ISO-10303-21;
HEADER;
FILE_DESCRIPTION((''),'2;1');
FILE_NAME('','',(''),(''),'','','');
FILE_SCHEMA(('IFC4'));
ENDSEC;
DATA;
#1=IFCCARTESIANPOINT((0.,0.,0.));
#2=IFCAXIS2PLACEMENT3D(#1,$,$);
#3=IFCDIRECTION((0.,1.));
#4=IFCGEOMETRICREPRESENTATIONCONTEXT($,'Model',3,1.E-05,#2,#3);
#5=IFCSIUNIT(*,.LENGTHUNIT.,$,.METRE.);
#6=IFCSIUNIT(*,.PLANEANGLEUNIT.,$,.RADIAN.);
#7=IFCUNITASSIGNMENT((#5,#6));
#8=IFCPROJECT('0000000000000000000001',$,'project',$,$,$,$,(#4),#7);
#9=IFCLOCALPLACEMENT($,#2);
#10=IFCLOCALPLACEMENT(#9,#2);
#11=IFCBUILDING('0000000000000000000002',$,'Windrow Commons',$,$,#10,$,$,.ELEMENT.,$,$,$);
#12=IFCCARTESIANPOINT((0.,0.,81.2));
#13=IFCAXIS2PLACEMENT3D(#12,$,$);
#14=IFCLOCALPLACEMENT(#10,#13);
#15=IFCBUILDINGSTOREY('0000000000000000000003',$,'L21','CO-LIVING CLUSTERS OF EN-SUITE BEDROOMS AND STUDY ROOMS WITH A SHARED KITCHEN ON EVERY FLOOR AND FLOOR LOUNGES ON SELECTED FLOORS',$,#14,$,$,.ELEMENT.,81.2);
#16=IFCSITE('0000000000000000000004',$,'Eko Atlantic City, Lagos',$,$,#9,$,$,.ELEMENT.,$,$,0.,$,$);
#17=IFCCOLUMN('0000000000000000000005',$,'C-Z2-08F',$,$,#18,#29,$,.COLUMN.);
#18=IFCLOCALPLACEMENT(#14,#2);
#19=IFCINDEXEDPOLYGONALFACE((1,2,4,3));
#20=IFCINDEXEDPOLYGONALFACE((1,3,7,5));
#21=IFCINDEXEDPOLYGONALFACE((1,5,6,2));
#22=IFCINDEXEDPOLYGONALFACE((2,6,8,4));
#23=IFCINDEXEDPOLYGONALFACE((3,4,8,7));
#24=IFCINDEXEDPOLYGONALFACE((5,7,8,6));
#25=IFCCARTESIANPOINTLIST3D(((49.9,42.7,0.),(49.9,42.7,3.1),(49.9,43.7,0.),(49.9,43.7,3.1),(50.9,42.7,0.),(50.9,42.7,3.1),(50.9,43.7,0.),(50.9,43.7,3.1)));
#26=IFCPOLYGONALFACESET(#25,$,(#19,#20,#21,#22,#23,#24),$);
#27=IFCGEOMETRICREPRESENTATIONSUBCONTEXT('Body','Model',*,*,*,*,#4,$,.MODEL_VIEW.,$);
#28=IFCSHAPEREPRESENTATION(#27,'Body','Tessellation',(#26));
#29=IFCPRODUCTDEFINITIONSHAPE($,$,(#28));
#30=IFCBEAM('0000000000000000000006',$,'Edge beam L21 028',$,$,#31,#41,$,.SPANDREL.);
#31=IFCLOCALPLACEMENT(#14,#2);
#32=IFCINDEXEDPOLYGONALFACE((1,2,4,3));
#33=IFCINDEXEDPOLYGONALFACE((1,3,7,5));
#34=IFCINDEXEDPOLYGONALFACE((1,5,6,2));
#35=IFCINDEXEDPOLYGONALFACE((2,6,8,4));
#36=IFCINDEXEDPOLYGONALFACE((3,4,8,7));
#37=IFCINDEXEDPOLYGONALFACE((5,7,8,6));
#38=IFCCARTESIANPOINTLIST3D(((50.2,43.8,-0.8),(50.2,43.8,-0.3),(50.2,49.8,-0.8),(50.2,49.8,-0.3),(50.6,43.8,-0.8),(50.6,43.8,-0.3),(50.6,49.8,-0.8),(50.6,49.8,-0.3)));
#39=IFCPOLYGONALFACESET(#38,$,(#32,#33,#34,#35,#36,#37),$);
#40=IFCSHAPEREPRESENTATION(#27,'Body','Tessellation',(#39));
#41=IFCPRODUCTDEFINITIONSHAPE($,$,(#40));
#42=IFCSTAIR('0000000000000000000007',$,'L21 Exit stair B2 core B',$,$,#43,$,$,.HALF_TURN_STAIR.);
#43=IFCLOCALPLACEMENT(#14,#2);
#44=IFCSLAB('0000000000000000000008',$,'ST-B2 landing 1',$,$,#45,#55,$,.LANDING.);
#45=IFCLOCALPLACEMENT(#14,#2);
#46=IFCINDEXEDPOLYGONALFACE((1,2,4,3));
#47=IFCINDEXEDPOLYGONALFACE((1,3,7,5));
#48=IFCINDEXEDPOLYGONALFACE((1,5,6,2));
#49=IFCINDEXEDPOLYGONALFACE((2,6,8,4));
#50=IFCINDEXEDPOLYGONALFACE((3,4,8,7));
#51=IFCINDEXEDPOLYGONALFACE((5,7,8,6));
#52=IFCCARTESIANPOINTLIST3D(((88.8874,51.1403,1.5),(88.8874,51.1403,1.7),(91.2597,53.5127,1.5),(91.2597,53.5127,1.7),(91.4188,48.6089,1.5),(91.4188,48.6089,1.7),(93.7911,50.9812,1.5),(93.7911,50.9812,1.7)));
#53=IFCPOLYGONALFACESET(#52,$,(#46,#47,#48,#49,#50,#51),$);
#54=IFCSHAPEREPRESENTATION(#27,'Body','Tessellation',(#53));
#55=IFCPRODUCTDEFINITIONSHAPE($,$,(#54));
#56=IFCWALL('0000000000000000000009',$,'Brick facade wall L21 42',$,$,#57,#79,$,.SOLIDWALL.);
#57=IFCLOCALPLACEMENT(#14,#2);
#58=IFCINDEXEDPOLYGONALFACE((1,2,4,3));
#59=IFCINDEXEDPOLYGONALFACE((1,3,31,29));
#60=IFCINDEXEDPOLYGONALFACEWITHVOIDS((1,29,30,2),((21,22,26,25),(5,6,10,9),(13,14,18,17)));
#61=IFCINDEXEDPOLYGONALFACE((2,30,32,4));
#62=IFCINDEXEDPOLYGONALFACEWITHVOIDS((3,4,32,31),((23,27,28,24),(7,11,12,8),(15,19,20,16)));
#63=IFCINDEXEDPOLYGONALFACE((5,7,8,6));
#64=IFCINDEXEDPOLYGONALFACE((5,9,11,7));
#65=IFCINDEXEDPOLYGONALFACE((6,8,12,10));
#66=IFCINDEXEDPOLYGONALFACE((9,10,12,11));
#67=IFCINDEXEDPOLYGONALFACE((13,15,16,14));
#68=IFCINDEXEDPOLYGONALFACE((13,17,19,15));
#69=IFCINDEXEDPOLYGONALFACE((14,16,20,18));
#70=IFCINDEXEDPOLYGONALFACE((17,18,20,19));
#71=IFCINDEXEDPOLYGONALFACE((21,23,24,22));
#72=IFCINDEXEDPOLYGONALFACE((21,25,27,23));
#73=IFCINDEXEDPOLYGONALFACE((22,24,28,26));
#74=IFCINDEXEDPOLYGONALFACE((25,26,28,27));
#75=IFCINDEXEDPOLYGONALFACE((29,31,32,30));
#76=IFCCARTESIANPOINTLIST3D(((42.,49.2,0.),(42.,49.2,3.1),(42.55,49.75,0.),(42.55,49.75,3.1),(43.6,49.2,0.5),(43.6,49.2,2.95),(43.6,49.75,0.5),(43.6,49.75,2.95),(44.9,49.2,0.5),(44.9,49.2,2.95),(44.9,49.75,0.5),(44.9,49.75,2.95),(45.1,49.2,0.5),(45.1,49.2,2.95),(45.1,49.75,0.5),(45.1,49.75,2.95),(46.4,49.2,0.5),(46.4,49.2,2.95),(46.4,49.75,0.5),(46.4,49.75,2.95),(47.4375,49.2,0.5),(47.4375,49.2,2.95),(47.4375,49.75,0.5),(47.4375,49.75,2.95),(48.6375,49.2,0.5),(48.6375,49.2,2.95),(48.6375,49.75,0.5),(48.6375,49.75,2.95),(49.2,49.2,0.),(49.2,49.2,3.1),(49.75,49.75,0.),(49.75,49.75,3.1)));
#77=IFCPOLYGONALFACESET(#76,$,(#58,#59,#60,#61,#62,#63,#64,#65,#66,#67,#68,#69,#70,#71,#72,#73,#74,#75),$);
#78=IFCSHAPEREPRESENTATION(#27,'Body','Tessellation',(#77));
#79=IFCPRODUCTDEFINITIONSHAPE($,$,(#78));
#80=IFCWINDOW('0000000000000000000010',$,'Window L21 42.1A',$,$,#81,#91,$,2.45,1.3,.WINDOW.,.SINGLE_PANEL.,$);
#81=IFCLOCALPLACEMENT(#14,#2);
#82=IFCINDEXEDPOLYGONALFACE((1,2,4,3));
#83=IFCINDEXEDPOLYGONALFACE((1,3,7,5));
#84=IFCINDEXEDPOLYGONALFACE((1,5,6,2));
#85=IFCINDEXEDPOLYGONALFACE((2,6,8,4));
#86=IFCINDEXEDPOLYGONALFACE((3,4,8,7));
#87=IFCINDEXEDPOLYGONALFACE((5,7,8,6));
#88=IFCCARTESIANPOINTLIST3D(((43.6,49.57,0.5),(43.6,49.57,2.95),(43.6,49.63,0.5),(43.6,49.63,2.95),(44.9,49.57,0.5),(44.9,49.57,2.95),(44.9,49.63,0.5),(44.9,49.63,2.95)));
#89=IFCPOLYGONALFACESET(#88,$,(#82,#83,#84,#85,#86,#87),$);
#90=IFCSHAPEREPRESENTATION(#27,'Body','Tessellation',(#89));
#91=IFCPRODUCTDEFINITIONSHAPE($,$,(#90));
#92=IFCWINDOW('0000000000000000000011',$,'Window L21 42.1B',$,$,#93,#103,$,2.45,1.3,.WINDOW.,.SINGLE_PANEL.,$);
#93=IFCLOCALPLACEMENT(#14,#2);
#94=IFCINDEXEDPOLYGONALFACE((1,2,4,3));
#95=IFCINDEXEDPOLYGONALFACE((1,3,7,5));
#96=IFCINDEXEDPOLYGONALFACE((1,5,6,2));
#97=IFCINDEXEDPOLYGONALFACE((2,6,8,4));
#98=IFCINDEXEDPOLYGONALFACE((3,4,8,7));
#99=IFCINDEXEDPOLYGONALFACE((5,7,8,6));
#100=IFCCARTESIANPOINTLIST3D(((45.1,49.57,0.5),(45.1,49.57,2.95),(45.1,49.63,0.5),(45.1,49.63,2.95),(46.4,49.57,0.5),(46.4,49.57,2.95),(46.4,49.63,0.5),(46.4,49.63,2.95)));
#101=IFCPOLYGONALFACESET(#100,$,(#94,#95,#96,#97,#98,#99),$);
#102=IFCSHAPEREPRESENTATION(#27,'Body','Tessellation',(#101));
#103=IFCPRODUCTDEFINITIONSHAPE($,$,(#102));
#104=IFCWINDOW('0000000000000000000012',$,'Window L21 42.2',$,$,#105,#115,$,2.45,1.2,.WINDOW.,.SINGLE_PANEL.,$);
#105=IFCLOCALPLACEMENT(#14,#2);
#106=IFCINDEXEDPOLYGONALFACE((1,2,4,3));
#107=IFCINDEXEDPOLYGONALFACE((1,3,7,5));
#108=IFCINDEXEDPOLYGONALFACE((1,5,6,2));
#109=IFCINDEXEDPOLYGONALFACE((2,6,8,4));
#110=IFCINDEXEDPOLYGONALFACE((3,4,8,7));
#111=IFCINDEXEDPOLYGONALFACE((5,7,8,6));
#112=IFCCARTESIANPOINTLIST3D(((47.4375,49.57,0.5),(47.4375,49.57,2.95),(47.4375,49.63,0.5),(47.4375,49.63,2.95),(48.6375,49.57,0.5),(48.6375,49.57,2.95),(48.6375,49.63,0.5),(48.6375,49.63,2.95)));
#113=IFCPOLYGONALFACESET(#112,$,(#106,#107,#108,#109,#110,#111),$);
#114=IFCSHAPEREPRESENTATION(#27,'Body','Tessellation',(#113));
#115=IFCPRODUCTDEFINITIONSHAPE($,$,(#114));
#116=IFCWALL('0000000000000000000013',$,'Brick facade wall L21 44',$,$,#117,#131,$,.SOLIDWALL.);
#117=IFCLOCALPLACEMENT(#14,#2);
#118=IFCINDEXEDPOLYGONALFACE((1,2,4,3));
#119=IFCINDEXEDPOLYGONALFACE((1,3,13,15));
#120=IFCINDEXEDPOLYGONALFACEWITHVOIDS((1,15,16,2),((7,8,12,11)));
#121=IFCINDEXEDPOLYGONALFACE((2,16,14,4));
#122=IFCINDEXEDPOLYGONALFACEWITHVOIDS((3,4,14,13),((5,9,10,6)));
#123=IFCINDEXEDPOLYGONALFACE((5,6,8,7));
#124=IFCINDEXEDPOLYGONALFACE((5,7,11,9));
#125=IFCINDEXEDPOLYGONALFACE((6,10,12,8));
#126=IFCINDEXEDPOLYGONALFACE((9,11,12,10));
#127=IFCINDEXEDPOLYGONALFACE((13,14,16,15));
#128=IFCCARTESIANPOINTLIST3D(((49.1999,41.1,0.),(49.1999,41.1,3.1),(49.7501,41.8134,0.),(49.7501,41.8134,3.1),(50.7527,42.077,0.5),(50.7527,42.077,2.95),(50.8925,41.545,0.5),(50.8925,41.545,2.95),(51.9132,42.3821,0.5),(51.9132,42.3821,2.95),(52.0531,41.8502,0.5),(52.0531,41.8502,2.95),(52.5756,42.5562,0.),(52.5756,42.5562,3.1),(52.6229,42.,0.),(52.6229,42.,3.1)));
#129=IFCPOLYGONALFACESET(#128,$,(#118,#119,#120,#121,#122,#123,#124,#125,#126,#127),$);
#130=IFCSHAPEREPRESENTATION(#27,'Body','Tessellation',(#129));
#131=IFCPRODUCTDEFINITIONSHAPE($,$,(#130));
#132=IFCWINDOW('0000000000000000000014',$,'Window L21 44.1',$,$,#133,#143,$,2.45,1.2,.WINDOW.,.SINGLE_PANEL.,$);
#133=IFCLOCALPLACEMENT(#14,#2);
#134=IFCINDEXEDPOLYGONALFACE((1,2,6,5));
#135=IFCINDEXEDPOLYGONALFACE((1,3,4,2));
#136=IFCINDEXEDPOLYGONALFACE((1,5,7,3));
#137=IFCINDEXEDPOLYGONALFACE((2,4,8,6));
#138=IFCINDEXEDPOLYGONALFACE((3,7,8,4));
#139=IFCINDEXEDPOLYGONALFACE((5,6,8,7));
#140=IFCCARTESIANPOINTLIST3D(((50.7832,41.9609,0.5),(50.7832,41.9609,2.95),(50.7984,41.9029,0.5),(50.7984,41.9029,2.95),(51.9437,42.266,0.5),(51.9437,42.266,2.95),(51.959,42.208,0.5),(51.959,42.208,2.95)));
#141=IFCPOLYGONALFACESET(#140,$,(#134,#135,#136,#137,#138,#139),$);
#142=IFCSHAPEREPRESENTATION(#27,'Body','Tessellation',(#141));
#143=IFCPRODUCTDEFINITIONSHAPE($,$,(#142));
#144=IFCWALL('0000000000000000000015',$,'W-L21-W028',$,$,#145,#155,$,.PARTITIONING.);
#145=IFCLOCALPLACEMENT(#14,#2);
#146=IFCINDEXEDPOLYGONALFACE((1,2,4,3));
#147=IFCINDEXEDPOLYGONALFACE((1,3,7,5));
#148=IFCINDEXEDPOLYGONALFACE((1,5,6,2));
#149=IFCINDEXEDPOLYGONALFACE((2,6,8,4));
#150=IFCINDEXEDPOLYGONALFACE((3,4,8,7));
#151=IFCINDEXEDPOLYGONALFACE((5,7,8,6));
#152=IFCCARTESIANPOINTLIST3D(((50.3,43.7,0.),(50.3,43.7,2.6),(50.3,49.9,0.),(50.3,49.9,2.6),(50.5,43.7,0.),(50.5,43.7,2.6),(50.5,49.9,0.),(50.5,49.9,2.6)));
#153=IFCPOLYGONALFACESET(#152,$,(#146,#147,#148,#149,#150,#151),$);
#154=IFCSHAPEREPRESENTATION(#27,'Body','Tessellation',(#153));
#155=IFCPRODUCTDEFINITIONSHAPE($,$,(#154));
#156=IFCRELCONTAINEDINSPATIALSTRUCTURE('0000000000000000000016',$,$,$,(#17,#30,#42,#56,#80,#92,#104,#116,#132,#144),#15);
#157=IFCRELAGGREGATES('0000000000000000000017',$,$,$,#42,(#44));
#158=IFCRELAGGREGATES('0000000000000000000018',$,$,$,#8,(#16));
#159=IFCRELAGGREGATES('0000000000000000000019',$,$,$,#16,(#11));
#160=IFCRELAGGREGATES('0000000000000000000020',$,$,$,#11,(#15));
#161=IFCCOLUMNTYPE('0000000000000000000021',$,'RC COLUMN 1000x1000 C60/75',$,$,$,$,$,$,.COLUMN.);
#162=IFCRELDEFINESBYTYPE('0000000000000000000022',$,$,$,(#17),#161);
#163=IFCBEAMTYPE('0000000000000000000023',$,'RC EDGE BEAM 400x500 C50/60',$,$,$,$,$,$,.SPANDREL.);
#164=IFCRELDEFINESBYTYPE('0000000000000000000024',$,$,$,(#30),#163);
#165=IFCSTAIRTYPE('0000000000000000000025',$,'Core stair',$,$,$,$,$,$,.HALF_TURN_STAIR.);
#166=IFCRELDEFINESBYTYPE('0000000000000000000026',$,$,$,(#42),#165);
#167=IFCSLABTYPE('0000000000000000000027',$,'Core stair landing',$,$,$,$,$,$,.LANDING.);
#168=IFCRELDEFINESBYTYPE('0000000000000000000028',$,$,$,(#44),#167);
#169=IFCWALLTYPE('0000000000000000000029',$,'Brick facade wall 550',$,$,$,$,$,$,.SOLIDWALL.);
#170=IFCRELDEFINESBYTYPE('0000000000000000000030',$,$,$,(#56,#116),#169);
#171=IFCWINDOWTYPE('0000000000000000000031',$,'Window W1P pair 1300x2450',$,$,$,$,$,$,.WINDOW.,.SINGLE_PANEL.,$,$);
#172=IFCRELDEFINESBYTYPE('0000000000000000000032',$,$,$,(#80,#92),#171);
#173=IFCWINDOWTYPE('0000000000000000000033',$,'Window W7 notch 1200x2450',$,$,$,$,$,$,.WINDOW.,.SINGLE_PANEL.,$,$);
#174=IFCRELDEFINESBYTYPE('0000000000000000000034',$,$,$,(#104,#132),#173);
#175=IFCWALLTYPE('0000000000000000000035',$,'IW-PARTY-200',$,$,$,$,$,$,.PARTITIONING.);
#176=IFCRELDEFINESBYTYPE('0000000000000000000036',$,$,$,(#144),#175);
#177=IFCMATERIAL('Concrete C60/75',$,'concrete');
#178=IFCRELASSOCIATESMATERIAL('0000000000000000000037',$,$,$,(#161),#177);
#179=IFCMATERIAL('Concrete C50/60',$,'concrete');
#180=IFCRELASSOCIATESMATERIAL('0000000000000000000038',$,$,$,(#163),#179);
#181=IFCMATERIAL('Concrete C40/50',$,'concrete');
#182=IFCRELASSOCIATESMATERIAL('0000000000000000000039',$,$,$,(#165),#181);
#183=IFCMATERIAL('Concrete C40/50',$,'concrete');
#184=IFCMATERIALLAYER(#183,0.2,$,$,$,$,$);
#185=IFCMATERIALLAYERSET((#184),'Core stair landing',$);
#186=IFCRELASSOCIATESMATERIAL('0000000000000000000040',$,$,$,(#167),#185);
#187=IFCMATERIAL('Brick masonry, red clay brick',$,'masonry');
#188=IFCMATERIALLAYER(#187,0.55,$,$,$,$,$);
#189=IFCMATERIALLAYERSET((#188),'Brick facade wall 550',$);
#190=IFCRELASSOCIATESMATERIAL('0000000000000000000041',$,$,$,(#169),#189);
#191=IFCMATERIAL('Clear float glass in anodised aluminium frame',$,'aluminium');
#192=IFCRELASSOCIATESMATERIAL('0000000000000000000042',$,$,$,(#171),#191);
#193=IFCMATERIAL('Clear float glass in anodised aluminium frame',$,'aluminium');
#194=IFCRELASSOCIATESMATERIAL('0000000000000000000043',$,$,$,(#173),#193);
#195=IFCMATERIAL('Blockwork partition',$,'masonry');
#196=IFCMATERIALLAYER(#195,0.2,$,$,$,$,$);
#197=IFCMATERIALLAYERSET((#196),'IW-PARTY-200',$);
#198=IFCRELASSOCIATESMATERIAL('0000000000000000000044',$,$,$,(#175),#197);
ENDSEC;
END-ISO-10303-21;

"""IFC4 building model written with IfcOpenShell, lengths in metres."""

from ifc_helpers import new_model, si_unit, direction, frame, frame_2d, origin, origin_2d, place, context, subcontext, project, spatial, polyline, rectangle, outline, extrude, material, layer, layer_set, material_profile, profile_set, type_object, element, fill, aggregate, save


model = new_model("IFC4")

# Units and contexts
model_context = context("Model", 3, precision=1e-05, world=origin(), true_north=direction((0.0, 1.0)))
body_context = subcontext(model_context, "Body", "Model", "MODEL_VIEW")
ifc_project = project(units=[si_unit("LENGTHUNIT", "METRE"), si_unit("PLANEANGLEUNIT", "RADIAN")], contexts=[model_context])

# Site, building, storey
site_placement = place(None, origin())
site = spatial("IfcSite", under=ifc_project, at=site_placement, Name="Eko Atlantic City, Lagos", CompositionType="ELEMENT", RefElevation=0.0)
building_placement = place(site_placement, origin())
building = spatial("IfcBuilding", under=site, at=building_placement, Name="Windrow Commons", CompositionType="ELEMENT")
storey_placement = place(building_placement, frame((0.0, 0.0, 81.2)))
storey = spatial("IfcBuildingStorey", under=building, at=storey_placement, Name="L21", Description="CO-LIVING CLUSTERS OF EN-SUITE BEDROOMS AND STUDY ROOMS WITH A SHARED KITCHEN ON EVERY FLOOR AND FLOOR LOUNGES ON SELECTED FLOORS", CompositionType="ELEMENT", Elevation=81.2)

# Column
ifc_material_1 = material(Name="Concrete C60/75", Category="concrete")
ifc_material_profile_1 = material_profile(ifc_material_1, rectangle(XDim=1.0, YDim=1.0, at=origin_2d()))
ifc_profile_set_1 = profile_set([ifc_material_profile_1], Name="Concrete C60/75")
column_type = type_object("IfcColumnType", Name="RC COLUMN 1000x1000 C60/75", PredefinedType="COLUMN", material=ifc_profile_set_1)
column_placement = place(storey_placement, frame((50.4, 43.2, 0.0), z_axis=(0.0, 0.0, 1.0), x_axis=(1.0, 0.0, 0.0)))
element("IfcColumn", 1, at=column_placement, inside=storey, type_object=column_type, Name="C-Z2-08F", PredefinedType="COLUMN", context=body_context, shape_type="SweptSolid", body=[
    extrude(rectangle(XDim=1.0, YDim=1.0, at=origin_2d()), origin(), (0.0, 0.0, 1.0), 3.1),
])

# Beam
ifc_material_2 = material(Name="Concrete C50/60", Category="concrete")
ifc_material_profile_2 = material_profile(ifc_material_2, rectangle(XDim=0.4, YDim=0.5, at=origin_2d()))
ifc_profile_set_2 = profile_set([ifc_material_profile_2], Name="Concrete C50/60")
beam_type = type_object("IfcBeamType", Name="RC EDGE BEAM 400x500 C50/60", PredefinedType="SPANDREL", material=ifc_profile_set_2)
beam_placement = place(storey_placement, frame((50.4, 43.8, -0.55), z_axis=(0.0, 1.0, 0.0), x_axis=(-1.0, 0.0, 0.0)))
element("IfcBeam", 2, at=beam_placement, inside=storey, type_object=beam_type, Name="Edge beam L21 028", PredefinedType="SPANDREL", context=body_context, shape_type="SweptSolid", body=[
    extrude(rectangle(XDim=0.4, YDim=0.5, at=origin_2d()), origin(), (0.0, 0.0, 1.0), 6.0),
])

# Stair, slab
ifc_material_3 = material(Name="Concrete C40/50", Category="concrete")
stair_type = type_object("IfcStairType", Name="Core stair", PredefinedType="HALF_TURN_STAIR", material=ifc_material_3)
stair_placement = place(storey_placement, origin())
stair = element("IfcStair", 3, at=stair_placement, inside=storey, type_object=stair_type, Name="L21 Exit stair B2 core B", PredefinedType="HALF_TURN_STAIR")
ifc_material_4 = material(Name="Concrete C40/50", Category="concrete")
ifc_layer_1 = layer(ifc_material_4, 0.2)
ifc_layer_set_1 = layer_set([ifc_layer_1], Name="Core stair landing")
slab_type = type_object("IfcSlabType", Name="Core stair landing", PredefinedType="LANDING", material=ifc_layer_set_1)
slab_placement = place(storey_placement, frame((0.0, 0.0, 1.5)))
slab = element("IfcSlab", 4, at=slab_placement, type_object=slab_type, Name="ST-B2 landing 1", PredefinedType="LANDING", context=body_context, shape_type="SweptSolid", body=[
    extrude(outline(polyline([(88.8874, 51.1403), (91.4188, 48.6089), (93.7911, 50.9812), (91.2597, 53.5127), (88.8874, 51.1403)])), origin(), (0.0, 0.0, 1.0), 0.2),
])
aggregate(stair, [slab])

# Wall, openings, windows
ifc_material_5 = material(Name="Brick masonry, red clay brick", Category="masonry")
ifc_layer_2 = layer(ifc_material_5, 0.55)
ifc_layer_set_2 = layer_set([ifc_layer_2], Name="Brick facade wall 550")
wall_type_1 = type_object("IfcWallType", Name="Brick facade wall 550", PredefinedType="SOLIDWALL", material=ifc_layer_set_2)
wall_1_placement = place(storey_placement, frame((42.275, 49.475, 0.0), z_axis=(0.0, 0.0, 1.0), x_axis=(1.0, 0.0, 0.0)))
wall_1 = element("IfcWall", 5, at=wall_1_placement, inside=storey, type_object=wall_type_1, Name="Brick facade wall L21 42", PredefinedType="SOLIDWALL", context=body_context, shape_type="SweptSolid", body=[
    extrude(outline(polyline([(-0.275, -0.275), (6.925, -0.275), (7.475, 0.275), (0.275, 0.275), (-0.275, -0.275)])), origin(), (0.0, 0.0, 1.0), 3.1),
])
opening_1_placement = place(wall_1_placement, frame((1.325, 0.0, 0.5)))
opening_1 = element("IfcOpeningElement", 6, at=opening_1_placement, cuts=wall_1, PredefinedType="OPENING", context=body_context, shape_type="SweptSolid", body=[
    extrude(rectangle(XDim=1.3, YDim=2.45, at=frame_2d((0.65, 1.225))), frame((0.0, 0.285, 0.0), z_axis=(0.0, -1.0, 0.0), x_axis=(1.0, 0.0, 0.0)), (0.0, 0.0, 1.0), 0.57),
])
opening_2_placement = place(wall_1_placement, frame((2.825, 0.0, 0.5)))
opening_2 = element("IfcOpeningElement", 7, at=opening_2_placement, cuts=wall_1, PredefinedType="OPENING", context=body_context, shape_type="SweptSolid", body=[
    extrude(rectangle(XDim=1.3, YDim=2.45, at=frame_2d((0.65, 1.225))), frame((0.0, 0.285, 0.0), z_axis=(0.0, -1.0, 0.0), x_axis=(1.0, 0.0, 0.0)), (0.0, 0.0, 1.0), 0.57),
])
opening_3_placement = place(wall_1_placement, frame((5.1625, 0.0, 0.5)))
opening_3 = element("IfcOpeningElement", 8, at=opening_3_placement, cuts=wall_1, PredefinedType="OPENING", context=body_context, shape_type="SweptSolid", body=[
    extrude(rectangle(XDim=1.2, YDim=2.45, at=frame_2d((0.6, 1.225))), frame((0.0, 0.285, 0.0), z_axis=(0.0, -1.0, 0.0), x_axis=(1.0, 0.0, 0.0)), (0.0, 0.0, 1.0), 0.57),
])
ifc_material_6 = material(Name="Clear float glass in anodised aluminium frame", Category="aluminium")
window_type_1 = type_object("IfcWindowType", Name="Window W1P pair 1300x2450", PartitioningType="SINGLE_PANEL", PredefinedType="WINDOW", material=ifc_material_6)
window_1_placement = place(opening_1_placement, origin())
window_1 = element("IfcWindow", 9, at=window_1_placement, inside=storey, type_object=window_type_1, Name="Window L21 42.1A", OverallHeight=2.45, OverallWidth=1.3, PartitioningType="SINGLE_PANEL", PredefinedType="WINDOW", context=body_context, shape_type="SweptSolid", body=[
    extrude(rectangle(XDim=1.3, YDim=2.45, at=frame_2d((0.65, 1.225))), frame((0.0, 0.155, 0.0), z_axis=(0.0, -1.0, 0.0), x_axis=(1.0, 0.0, 0.0)), (0.0, 0.0, 1.0), 0.06),
])
fill(opening_1, window_1)
window_2_placement = place(opening_2_placement, origin())
window_2 = element("IfcWindow", 10, at=window_2_placement, inside=storey, type_object=window_type_1, Name="Window L21 42.1B", OverallHeight=2.45, OverallWidth=1.3, PartitioningType="SINGLE_PANEL", PredefinedType="WINDOW", context=body_context, shape_type="SweptSolid", body=[
    extrude(rectangle(XDim=1.3, YDim=2.45, at=frame_2d((0.65, 1.225))), frame((0.0, 0.155, 0.0), z_axis=(0.0, -1.0, 0.0), x_axis=(1.0, 0.0, 0.0)), (0.0, 0.0, 1.0), 0.06),
])
fill(opening_2, window_2)
ifc_material_7 = material(Name="Clear float glass in anodised aluminium frame", Category="aluminium")
window_type_2 = type_object("IfcWindowType", Name="Window W7 notch 1200x2450", PartitioningType="SINGLE_PANEL", PredefinedType="WINDOW", material=ifc_material_7)
window_3_placement = place(opening_3_placement, origin())
window_3 = element("IfcWindow", 11, at=window_3_placement, inside=storey, type_object=window_type_2, Name="Window L21 42.2", OverallHeight=2.45, OverallWidth=1.2, PartitioningType="SINGLE_PANEL", PredefinedType="WINDOW", context=body_context, shape_type="SweptSolid", body=[
    extrude(rectangle(XDim=1.2, YDim=2.45, at=frame_2d((0.6, 1.225))), frame((0.0, 0.155, 0.0), z_axis=(0.0, -1.0, 0.0), x_axis=(1.0, 0.0, 0.0)), (0.0, 0.0, 1.0), 0.06),
])
fill(opening_3, window_3)

# Wall, opening, window
wall_2_placement = place(storey_placement, frame((49.475, 41.4567, 0.0), z_axis=(0.0, 0.0, 1.0), x_axis=(0.967132, 0.254274, 0.0)))
wall_2 = element("IfcWall", 12, at=wall_2_placement, inside=storey, type_object=wall_type_1, Name="Brick facade wall L21 44", PredefinedType="SOLIDWALL", context=body_context, shape_type="SweptSolid", body=[
    extrude(outline(polyline([(-0.3567, -0.275), (3.1826, -0.275), (3.2783, 0.275), (0.3567, 0.275), (-0.3567, -0.275)])), origin(), (0.0, 0.0, 1.0), 3.1),
])
opening_4_placement = place(wall_2_placement, frame((1.3934, 0.0, 0.5)))
opening_4 = element("IfcOpeningElement", 13, at=opening_4_placement, cuts=wall_2, PredefinedType="OPENING", context=body_context, shape_type="SweptSolid", body=[
    extrude(rectangle(XDim=1.2, YDim=2.45, at=frame_2d((0.6, 1.225))), frame((0.0, 0.285, 0.0), z_axis=(0.0, -1.0, 0.0), x_axis=(1.0, 0.0, 0.0)), (0.0, 0.0, 1.0), 0.57),
])
window_4_placement = place(opening_4_placement, origin())
window_4 = element("IfcWindow", 14, at=window_4_placement, inside=storey, type_object=window_type_2, Name="Window L21 44.1", OverallHeight=2.45, OverallWidth=1.2, PartitioningType="SINGLE_PANEL", PredefinedType="WINDOW", context=body_context, shape_type="SweptSolid", body=[
    extrude(rectangle(XDim=1.2, YDim=2.45, at=frame_2d((0.6, 1.225))), frame((0.0, 0.155, 0.0), z_axis=(0.0, -1.0, 0.0), x_axis=(1.0, 0.0, 0.0)), (0.0, 0.0, 1.0), 0.06),
])
fill(opening_4, window_4)

# Wall
ifc_material_8 = material(Name="Blockwork partition", Category="masonry")
ifc_layer_3 = layer(ifc_material_8, 0.2)
ifc_layer_set_3 = layer_set([ifc_layer_3], Name="IW-PARTY-200")
wall_type_2 = type_object("IfcWallType", Name="IW-PARTY-200", PredefinedType="PARTITIONING", material=ifc_layer_set_3)
wall_3_placement = place(storey_placement, frame((50.4, 43.7, 0.0), z_axis=(0.0, 0.0, 1.0), x_axis=(0.0, 1.0, 0.0)))
element("IfcWall", 15, at=wall_3_placement, inside=storey, type_object=wall_type_2, Name="W-L21-W028", PredefinedType="PARTITIONING", context=body_context, shape_type="SweptSolid", body=[
    extrude(rectangle(XDim=6.2, YDim=0.2, at=frame_2d((3.1, 0.0))), origin(), (0.0, 0.0, 1.0), 2.6),
])

save(model, "model.ifc")
